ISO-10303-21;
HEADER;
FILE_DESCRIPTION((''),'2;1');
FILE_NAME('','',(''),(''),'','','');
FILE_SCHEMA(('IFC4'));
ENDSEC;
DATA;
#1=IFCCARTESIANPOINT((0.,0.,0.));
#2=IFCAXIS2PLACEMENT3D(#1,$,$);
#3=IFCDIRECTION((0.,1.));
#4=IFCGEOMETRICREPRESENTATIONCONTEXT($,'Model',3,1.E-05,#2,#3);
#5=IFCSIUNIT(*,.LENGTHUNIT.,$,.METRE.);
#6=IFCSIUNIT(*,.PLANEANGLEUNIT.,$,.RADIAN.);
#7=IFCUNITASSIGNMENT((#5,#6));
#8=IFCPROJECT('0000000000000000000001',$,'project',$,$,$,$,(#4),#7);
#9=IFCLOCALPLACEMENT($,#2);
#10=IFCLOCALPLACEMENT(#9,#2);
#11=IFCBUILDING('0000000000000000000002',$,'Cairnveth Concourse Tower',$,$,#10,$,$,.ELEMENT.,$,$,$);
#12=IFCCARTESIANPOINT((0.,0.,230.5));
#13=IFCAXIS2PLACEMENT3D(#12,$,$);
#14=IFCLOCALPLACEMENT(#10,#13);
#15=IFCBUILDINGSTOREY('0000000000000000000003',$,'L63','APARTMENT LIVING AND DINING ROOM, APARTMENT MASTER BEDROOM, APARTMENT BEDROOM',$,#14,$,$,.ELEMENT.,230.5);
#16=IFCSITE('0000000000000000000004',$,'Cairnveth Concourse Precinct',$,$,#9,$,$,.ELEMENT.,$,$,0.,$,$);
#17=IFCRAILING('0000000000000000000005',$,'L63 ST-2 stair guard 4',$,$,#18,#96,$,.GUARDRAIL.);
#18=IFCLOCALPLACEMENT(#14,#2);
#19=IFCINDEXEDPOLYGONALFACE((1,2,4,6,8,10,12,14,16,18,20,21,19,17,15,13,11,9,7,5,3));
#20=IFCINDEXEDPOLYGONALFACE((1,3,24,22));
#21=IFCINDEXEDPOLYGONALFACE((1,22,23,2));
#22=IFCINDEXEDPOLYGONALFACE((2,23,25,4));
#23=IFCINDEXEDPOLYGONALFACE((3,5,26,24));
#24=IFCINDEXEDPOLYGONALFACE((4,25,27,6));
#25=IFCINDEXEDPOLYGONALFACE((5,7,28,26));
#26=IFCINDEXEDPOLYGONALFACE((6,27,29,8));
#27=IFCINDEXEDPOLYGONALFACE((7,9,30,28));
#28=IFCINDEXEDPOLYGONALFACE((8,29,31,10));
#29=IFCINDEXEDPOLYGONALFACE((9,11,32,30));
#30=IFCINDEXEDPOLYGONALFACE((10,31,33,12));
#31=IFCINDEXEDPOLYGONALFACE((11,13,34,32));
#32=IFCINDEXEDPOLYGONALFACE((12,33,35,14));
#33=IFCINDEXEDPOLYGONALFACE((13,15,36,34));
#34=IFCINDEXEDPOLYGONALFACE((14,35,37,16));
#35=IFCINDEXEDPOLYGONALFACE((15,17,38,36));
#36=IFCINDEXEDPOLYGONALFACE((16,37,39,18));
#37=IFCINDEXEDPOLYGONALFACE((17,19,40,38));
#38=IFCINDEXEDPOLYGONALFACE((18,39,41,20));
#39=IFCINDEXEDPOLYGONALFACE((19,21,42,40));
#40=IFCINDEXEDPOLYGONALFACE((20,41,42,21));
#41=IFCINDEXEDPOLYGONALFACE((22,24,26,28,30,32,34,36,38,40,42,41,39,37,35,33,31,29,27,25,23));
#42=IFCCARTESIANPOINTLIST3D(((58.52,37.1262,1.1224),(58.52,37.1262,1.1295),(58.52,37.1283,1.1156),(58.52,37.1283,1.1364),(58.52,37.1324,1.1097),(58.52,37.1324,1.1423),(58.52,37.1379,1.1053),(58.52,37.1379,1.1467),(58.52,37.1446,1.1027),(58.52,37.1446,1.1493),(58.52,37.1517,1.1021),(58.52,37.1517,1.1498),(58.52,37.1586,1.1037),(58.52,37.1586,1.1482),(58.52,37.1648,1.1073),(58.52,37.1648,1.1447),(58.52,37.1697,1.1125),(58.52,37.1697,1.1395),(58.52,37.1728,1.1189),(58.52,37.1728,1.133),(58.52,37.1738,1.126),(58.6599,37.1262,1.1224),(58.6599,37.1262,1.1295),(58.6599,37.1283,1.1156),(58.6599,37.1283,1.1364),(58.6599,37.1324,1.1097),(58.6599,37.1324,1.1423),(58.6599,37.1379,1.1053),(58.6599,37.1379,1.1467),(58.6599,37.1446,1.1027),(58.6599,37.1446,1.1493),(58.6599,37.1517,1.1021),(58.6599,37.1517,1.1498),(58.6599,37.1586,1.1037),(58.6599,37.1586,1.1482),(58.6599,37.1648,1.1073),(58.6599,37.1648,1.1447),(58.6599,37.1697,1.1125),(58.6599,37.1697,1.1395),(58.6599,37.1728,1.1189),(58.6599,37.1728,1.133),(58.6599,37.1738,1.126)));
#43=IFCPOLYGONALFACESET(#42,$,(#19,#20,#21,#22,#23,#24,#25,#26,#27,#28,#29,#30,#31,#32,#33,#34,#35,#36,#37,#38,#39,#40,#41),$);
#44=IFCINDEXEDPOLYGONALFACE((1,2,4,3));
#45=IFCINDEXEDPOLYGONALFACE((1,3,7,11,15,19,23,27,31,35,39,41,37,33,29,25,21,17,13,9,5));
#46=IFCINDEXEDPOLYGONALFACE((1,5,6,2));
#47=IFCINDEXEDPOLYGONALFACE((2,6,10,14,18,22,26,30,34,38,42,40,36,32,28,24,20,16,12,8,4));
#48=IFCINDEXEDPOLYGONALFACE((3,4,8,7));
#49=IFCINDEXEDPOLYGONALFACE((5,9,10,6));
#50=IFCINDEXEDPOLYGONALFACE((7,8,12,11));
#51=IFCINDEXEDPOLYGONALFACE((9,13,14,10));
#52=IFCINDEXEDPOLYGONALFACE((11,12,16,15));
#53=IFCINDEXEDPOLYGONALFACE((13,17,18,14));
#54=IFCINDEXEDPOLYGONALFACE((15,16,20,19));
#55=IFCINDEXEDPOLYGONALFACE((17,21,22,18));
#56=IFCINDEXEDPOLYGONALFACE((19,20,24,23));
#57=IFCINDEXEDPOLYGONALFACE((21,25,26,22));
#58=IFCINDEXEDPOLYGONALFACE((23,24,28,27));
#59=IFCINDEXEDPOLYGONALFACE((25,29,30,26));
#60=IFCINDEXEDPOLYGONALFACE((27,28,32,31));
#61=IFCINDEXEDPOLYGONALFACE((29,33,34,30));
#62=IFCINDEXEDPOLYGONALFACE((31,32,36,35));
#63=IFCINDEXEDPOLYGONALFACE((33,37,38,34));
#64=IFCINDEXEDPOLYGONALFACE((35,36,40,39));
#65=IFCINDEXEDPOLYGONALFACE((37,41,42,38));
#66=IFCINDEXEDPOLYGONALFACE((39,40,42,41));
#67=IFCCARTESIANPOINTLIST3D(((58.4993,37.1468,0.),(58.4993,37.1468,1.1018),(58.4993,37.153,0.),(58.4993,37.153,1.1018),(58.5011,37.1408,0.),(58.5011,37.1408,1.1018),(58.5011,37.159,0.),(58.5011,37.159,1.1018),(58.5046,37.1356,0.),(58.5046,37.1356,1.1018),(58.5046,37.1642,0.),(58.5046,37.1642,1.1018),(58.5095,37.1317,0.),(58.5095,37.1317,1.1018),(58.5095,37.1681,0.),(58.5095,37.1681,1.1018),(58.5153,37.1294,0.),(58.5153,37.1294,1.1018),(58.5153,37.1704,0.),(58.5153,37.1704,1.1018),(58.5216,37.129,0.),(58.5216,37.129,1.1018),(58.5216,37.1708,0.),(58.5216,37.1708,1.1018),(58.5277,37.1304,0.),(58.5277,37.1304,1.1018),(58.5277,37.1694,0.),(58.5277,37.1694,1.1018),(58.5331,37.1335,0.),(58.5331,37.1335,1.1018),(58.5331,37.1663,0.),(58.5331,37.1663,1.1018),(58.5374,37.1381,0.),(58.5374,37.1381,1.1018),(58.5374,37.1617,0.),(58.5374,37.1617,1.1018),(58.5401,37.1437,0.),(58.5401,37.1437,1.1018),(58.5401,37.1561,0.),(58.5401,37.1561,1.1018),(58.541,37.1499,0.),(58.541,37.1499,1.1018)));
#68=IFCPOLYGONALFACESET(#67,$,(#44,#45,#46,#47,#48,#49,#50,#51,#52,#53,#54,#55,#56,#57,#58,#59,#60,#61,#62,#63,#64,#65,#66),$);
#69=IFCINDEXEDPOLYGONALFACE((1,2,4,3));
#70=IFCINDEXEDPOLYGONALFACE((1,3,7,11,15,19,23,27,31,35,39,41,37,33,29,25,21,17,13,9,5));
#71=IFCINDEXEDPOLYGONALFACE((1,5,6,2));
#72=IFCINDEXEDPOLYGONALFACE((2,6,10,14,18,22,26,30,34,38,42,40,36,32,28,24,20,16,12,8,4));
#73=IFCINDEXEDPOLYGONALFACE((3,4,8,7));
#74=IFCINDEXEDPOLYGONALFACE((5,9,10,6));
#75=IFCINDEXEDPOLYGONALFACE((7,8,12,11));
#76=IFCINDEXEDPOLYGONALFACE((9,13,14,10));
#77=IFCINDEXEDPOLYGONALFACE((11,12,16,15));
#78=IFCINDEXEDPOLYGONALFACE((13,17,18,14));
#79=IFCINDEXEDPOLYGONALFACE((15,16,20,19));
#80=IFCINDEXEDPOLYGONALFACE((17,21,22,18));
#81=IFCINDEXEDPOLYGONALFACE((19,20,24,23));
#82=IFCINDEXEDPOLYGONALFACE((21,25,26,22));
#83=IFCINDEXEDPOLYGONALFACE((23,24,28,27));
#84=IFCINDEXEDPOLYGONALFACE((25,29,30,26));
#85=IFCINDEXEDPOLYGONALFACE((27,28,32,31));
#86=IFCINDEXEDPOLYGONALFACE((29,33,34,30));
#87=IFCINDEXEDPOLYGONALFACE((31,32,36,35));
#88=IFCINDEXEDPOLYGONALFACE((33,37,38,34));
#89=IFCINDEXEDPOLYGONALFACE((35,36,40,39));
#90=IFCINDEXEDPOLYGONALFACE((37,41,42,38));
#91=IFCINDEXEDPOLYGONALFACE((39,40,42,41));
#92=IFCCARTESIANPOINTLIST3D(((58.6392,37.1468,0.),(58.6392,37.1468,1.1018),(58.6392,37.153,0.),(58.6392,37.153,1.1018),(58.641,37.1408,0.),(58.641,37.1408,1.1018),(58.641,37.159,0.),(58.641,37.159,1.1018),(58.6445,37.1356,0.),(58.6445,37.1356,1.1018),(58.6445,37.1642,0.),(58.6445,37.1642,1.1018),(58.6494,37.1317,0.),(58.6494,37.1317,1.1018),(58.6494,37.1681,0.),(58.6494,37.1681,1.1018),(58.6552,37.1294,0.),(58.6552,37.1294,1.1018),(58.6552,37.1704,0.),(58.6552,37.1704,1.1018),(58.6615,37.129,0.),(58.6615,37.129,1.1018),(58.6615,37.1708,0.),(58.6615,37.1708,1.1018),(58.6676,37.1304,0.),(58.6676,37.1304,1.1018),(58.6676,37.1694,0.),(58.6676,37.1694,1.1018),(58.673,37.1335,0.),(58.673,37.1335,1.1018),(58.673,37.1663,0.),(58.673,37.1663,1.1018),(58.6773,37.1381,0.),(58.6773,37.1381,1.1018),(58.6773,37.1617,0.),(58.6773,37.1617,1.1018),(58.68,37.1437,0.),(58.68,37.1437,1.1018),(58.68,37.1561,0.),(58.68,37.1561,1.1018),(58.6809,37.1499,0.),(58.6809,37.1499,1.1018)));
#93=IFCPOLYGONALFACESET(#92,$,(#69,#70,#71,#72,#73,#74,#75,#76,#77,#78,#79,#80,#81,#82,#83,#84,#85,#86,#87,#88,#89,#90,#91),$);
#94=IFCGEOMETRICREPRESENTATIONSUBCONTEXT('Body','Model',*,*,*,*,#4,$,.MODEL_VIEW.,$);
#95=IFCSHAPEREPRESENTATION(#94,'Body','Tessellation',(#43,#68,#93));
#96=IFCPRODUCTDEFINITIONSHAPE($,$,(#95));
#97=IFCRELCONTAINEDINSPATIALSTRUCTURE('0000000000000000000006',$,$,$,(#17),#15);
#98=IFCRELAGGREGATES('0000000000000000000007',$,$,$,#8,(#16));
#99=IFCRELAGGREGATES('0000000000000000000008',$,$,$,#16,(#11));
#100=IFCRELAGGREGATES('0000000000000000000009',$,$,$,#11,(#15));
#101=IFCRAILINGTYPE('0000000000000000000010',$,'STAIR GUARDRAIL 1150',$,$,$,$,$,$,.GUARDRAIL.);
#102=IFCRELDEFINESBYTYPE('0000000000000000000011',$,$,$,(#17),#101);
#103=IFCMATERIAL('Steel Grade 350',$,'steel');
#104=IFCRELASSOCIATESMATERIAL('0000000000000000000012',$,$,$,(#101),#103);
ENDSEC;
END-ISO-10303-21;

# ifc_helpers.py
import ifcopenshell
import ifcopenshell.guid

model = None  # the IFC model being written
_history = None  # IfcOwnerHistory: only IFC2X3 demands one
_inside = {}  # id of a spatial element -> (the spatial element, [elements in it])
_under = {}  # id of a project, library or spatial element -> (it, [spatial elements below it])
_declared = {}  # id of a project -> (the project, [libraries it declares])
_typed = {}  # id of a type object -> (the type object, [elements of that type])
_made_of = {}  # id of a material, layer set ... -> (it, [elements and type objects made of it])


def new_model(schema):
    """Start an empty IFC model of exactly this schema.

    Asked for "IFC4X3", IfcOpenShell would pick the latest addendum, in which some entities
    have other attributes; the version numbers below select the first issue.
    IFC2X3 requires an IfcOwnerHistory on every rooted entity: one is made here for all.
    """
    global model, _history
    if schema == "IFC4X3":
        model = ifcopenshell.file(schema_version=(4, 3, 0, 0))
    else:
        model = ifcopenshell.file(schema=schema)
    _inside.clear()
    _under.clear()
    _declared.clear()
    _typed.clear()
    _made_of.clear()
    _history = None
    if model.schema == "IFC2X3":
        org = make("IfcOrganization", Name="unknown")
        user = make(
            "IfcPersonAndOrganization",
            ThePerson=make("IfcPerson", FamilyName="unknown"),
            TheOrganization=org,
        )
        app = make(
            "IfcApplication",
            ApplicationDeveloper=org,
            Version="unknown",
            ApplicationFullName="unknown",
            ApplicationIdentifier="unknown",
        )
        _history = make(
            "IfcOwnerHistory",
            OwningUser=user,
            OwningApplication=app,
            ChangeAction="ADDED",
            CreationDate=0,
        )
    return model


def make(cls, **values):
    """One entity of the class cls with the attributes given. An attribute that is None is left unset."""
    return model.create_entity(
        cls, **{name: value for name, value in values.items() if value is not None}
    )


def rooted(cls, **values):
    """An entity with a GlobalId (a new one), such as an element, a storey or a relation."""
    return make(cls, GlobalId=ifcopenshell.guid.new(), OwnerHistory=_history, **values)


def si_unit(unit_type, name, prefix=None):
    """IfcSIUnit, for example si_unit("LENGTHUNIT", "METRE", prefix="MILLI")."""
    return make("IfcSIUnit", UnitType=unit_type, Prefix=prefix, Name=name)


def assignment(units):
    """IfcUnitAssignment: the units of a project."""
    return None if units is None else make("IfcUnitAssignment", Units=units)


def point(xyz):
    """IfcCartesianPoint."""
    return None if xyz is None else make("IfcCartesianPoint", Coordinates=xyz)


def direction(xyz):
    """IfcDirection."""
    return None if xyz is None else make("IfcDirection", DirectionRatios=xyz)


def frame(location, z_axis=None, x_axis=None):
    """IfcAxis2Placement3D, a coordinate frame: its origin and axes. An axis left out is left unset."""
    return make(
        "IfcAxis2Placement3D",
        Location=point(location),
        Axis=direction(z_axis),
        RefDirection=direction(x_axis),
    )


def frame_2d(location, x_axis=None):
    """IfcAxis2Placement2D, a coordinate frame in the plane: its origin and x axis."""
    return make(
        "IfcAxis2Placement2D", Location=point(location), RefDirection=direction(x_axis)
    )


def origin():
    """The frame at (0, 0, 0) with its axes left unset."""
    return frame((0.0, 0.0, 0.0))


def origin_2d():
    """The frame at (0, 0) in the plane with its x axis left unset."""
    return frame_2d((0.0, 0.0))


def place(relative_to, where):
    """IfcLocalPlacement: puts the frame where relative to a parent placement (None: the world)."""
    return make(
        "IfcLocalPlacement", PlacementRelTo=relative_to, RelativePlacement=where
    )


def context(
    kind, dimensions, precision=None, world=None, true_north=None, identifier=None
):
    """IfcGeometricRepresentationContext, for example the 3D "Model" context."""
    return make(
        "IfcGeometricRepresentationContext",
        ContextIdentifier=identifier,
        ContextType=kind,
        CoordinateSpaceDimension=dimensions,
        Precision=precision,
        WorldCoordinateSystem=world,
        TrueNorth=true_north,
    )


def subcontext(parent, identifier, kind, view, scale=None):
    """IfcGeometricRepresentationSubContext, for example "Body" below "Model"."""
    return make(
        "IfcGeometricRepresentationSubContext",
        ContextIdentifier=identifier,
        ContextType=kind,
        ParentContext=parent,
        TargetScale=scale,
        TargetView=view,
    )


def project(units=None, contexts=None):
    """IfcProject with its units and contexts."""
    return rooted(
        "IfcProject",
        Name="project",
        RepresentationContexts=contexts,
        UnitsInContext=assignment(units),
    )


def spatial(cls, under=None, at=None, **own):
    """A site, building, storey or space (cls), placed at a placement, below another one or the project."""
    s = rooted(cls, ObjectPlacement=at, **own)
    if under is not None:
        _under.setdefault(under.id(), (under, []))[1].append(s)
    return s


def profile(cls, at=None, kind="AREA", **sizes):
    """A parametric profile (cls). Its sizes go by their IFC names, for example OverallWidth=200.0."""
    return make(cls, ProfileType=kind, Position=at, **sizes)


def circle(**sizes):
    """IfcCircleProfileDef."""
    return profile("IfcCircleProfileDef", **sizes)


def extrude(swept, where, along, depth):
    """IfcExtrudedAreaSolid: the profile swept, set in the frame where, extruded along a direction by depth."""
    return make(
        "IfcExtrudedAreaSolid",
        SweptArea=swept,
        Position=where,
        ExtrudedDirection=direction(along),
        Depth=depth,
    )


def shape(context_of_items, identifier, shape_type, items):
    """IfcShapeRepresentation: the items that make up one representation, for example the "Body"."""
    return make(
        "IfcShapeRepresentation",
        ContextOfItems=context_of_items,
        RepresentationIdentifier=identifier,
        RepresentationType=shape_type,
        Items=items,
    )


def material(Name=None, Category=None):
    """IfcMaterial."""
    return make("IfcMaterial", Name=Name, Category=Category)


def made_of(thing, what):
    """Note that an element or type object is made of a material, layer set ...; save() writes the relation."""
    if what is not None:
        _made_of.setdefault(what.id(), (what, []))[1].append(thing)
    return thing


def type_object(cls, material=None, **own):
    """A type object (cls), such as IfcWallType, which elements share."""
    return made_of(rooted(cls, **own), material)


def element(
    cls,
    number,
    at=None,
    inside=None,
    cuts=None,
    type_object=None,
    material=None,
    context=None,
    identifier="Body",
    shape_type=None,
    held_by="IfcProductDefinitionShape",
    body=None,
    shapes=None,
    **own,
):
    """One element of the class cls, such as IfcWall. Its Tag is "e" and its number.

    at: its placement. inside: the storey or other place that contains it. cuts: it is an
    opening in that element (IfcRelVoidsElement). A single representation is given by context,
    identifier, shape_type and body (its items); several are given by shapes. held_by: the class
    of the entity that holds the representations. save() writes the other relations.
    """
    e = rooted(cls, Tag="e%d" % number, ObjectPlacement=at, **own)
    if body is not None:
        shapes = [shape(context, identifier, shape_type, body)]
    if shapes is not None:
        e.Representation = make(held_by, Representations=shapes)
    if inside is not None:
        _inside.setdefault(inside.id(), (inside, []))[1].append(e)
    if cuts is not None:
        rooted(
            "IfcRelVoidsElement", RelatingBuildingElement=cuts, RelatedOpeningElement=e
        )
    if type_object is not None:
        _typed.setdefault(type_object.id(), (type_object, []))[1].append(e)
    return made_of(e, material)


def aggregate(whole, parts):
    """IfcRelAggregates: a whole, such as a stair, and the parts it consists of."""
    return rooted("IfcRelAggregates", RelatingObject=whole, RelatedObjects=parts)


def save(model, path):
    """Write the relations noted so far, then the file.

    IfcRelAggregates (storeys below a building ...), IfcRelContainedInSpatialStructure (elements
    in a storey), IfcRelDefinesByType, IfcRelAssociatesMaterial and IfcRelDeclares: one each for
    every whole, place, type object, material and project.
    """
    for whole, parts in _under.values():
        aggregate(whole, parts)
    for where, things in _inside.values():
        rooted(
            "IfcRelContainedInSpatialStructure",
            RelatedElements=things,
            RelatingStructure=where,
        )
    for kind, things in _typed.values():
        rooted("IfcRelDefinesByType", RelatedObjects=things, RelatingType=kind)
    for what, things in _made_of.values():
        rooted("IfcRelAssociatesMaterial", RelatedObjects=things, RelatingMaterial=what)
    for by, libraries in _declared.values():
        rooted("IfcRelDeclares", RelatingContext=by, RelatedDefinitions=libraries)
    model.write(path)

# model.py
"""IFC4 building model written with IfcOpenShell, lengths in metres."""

from ifc_helpers import new_model, si_unit, direction, frame, origin, origin_2d, place, context, subcontext, project, spatial, circle, extrude, material, type_object, element, save


model = new_model("IFC4")

# Units and contexts
model_context = context("Model", 3, precision=1e-05, world=origin(), true_north=direction((0.0, 1.0)))
body_context = subcontext(model_context, "Body", "Model", "MODEL_VIEW")
ifc_project = project(units=[si_unit("LENGTHUNIT", "METRE"), si_unit("PLANEANGLEUNIT", "RADIAN")], contexts=[model_context])

# Site, building, storey
site_placement = place(None, origin())
site = spatial("IfcSite", under=ifc_project, at=site_placement, Name="Cairnveth Concourse Precinct", CompositionType="ELEMENT", RefElevation=0.0)
building_placement = place(site_placement, origin())
building = spatial("IfcBuilding", under=site, at=building_placement, Name="Cairnveth Concourse Tower", CompositionType="ELEMENT")
storey_placement = place(building_placement, frame((0.0, 0.0, 230.5)))
storey = spatial("IfcBuildingStorey", under=building, at=storey_placement, Name="L63", Description="APARTMENT LIVING AND DINING ROOM, APARTMENT MASTER BEDROOM, APARTMENT BEDROOM", CompositionType="ELEMENT", Elevation=230.5)

# Shared definitions
ifc_material_1 = material(Name="Steel Grade 350", Category="steel")

# Railing
railing_type_1 = type_object("IfcRailingType", Name="STAIR GUARDRAIL 1150", PredefinedType="GUARDRAIL", material=ifc_material_1)
railing_1_placement = place(storey_placement, frame((58.52, 37.1499, 0.0)))
element("IfcRailing", 1, at=railing_1_placement, inside=storey, type_object=railing_type_1, Name="L63 ST-2 stair guard 4", PredefinedType="GUARDRAIL", context=body_context, shape_type="SweptSolid", body=[
    extrude(circle(Radius=0.0239, at=origin_2d()), frame((0.0, 0.0, 1.126), z_axis=(1.0, 0.0, 0.0), x_axis=(0.0, 1.0, 0.0)), (0.0, 0.0, 1.0), 0.1399),
    extrude(circle(Radius=0.021, at=origin_2d()), origin(), (0.0, 0.0, 1.0), 1.1018),
    extrude(circle(Radius=0.021, at=origin_2d()), frame((0.1399, 0.0, 0.0)), (0.0, 0.0, 1.0), 1.1018),
])

save(model, "model.ifc")
